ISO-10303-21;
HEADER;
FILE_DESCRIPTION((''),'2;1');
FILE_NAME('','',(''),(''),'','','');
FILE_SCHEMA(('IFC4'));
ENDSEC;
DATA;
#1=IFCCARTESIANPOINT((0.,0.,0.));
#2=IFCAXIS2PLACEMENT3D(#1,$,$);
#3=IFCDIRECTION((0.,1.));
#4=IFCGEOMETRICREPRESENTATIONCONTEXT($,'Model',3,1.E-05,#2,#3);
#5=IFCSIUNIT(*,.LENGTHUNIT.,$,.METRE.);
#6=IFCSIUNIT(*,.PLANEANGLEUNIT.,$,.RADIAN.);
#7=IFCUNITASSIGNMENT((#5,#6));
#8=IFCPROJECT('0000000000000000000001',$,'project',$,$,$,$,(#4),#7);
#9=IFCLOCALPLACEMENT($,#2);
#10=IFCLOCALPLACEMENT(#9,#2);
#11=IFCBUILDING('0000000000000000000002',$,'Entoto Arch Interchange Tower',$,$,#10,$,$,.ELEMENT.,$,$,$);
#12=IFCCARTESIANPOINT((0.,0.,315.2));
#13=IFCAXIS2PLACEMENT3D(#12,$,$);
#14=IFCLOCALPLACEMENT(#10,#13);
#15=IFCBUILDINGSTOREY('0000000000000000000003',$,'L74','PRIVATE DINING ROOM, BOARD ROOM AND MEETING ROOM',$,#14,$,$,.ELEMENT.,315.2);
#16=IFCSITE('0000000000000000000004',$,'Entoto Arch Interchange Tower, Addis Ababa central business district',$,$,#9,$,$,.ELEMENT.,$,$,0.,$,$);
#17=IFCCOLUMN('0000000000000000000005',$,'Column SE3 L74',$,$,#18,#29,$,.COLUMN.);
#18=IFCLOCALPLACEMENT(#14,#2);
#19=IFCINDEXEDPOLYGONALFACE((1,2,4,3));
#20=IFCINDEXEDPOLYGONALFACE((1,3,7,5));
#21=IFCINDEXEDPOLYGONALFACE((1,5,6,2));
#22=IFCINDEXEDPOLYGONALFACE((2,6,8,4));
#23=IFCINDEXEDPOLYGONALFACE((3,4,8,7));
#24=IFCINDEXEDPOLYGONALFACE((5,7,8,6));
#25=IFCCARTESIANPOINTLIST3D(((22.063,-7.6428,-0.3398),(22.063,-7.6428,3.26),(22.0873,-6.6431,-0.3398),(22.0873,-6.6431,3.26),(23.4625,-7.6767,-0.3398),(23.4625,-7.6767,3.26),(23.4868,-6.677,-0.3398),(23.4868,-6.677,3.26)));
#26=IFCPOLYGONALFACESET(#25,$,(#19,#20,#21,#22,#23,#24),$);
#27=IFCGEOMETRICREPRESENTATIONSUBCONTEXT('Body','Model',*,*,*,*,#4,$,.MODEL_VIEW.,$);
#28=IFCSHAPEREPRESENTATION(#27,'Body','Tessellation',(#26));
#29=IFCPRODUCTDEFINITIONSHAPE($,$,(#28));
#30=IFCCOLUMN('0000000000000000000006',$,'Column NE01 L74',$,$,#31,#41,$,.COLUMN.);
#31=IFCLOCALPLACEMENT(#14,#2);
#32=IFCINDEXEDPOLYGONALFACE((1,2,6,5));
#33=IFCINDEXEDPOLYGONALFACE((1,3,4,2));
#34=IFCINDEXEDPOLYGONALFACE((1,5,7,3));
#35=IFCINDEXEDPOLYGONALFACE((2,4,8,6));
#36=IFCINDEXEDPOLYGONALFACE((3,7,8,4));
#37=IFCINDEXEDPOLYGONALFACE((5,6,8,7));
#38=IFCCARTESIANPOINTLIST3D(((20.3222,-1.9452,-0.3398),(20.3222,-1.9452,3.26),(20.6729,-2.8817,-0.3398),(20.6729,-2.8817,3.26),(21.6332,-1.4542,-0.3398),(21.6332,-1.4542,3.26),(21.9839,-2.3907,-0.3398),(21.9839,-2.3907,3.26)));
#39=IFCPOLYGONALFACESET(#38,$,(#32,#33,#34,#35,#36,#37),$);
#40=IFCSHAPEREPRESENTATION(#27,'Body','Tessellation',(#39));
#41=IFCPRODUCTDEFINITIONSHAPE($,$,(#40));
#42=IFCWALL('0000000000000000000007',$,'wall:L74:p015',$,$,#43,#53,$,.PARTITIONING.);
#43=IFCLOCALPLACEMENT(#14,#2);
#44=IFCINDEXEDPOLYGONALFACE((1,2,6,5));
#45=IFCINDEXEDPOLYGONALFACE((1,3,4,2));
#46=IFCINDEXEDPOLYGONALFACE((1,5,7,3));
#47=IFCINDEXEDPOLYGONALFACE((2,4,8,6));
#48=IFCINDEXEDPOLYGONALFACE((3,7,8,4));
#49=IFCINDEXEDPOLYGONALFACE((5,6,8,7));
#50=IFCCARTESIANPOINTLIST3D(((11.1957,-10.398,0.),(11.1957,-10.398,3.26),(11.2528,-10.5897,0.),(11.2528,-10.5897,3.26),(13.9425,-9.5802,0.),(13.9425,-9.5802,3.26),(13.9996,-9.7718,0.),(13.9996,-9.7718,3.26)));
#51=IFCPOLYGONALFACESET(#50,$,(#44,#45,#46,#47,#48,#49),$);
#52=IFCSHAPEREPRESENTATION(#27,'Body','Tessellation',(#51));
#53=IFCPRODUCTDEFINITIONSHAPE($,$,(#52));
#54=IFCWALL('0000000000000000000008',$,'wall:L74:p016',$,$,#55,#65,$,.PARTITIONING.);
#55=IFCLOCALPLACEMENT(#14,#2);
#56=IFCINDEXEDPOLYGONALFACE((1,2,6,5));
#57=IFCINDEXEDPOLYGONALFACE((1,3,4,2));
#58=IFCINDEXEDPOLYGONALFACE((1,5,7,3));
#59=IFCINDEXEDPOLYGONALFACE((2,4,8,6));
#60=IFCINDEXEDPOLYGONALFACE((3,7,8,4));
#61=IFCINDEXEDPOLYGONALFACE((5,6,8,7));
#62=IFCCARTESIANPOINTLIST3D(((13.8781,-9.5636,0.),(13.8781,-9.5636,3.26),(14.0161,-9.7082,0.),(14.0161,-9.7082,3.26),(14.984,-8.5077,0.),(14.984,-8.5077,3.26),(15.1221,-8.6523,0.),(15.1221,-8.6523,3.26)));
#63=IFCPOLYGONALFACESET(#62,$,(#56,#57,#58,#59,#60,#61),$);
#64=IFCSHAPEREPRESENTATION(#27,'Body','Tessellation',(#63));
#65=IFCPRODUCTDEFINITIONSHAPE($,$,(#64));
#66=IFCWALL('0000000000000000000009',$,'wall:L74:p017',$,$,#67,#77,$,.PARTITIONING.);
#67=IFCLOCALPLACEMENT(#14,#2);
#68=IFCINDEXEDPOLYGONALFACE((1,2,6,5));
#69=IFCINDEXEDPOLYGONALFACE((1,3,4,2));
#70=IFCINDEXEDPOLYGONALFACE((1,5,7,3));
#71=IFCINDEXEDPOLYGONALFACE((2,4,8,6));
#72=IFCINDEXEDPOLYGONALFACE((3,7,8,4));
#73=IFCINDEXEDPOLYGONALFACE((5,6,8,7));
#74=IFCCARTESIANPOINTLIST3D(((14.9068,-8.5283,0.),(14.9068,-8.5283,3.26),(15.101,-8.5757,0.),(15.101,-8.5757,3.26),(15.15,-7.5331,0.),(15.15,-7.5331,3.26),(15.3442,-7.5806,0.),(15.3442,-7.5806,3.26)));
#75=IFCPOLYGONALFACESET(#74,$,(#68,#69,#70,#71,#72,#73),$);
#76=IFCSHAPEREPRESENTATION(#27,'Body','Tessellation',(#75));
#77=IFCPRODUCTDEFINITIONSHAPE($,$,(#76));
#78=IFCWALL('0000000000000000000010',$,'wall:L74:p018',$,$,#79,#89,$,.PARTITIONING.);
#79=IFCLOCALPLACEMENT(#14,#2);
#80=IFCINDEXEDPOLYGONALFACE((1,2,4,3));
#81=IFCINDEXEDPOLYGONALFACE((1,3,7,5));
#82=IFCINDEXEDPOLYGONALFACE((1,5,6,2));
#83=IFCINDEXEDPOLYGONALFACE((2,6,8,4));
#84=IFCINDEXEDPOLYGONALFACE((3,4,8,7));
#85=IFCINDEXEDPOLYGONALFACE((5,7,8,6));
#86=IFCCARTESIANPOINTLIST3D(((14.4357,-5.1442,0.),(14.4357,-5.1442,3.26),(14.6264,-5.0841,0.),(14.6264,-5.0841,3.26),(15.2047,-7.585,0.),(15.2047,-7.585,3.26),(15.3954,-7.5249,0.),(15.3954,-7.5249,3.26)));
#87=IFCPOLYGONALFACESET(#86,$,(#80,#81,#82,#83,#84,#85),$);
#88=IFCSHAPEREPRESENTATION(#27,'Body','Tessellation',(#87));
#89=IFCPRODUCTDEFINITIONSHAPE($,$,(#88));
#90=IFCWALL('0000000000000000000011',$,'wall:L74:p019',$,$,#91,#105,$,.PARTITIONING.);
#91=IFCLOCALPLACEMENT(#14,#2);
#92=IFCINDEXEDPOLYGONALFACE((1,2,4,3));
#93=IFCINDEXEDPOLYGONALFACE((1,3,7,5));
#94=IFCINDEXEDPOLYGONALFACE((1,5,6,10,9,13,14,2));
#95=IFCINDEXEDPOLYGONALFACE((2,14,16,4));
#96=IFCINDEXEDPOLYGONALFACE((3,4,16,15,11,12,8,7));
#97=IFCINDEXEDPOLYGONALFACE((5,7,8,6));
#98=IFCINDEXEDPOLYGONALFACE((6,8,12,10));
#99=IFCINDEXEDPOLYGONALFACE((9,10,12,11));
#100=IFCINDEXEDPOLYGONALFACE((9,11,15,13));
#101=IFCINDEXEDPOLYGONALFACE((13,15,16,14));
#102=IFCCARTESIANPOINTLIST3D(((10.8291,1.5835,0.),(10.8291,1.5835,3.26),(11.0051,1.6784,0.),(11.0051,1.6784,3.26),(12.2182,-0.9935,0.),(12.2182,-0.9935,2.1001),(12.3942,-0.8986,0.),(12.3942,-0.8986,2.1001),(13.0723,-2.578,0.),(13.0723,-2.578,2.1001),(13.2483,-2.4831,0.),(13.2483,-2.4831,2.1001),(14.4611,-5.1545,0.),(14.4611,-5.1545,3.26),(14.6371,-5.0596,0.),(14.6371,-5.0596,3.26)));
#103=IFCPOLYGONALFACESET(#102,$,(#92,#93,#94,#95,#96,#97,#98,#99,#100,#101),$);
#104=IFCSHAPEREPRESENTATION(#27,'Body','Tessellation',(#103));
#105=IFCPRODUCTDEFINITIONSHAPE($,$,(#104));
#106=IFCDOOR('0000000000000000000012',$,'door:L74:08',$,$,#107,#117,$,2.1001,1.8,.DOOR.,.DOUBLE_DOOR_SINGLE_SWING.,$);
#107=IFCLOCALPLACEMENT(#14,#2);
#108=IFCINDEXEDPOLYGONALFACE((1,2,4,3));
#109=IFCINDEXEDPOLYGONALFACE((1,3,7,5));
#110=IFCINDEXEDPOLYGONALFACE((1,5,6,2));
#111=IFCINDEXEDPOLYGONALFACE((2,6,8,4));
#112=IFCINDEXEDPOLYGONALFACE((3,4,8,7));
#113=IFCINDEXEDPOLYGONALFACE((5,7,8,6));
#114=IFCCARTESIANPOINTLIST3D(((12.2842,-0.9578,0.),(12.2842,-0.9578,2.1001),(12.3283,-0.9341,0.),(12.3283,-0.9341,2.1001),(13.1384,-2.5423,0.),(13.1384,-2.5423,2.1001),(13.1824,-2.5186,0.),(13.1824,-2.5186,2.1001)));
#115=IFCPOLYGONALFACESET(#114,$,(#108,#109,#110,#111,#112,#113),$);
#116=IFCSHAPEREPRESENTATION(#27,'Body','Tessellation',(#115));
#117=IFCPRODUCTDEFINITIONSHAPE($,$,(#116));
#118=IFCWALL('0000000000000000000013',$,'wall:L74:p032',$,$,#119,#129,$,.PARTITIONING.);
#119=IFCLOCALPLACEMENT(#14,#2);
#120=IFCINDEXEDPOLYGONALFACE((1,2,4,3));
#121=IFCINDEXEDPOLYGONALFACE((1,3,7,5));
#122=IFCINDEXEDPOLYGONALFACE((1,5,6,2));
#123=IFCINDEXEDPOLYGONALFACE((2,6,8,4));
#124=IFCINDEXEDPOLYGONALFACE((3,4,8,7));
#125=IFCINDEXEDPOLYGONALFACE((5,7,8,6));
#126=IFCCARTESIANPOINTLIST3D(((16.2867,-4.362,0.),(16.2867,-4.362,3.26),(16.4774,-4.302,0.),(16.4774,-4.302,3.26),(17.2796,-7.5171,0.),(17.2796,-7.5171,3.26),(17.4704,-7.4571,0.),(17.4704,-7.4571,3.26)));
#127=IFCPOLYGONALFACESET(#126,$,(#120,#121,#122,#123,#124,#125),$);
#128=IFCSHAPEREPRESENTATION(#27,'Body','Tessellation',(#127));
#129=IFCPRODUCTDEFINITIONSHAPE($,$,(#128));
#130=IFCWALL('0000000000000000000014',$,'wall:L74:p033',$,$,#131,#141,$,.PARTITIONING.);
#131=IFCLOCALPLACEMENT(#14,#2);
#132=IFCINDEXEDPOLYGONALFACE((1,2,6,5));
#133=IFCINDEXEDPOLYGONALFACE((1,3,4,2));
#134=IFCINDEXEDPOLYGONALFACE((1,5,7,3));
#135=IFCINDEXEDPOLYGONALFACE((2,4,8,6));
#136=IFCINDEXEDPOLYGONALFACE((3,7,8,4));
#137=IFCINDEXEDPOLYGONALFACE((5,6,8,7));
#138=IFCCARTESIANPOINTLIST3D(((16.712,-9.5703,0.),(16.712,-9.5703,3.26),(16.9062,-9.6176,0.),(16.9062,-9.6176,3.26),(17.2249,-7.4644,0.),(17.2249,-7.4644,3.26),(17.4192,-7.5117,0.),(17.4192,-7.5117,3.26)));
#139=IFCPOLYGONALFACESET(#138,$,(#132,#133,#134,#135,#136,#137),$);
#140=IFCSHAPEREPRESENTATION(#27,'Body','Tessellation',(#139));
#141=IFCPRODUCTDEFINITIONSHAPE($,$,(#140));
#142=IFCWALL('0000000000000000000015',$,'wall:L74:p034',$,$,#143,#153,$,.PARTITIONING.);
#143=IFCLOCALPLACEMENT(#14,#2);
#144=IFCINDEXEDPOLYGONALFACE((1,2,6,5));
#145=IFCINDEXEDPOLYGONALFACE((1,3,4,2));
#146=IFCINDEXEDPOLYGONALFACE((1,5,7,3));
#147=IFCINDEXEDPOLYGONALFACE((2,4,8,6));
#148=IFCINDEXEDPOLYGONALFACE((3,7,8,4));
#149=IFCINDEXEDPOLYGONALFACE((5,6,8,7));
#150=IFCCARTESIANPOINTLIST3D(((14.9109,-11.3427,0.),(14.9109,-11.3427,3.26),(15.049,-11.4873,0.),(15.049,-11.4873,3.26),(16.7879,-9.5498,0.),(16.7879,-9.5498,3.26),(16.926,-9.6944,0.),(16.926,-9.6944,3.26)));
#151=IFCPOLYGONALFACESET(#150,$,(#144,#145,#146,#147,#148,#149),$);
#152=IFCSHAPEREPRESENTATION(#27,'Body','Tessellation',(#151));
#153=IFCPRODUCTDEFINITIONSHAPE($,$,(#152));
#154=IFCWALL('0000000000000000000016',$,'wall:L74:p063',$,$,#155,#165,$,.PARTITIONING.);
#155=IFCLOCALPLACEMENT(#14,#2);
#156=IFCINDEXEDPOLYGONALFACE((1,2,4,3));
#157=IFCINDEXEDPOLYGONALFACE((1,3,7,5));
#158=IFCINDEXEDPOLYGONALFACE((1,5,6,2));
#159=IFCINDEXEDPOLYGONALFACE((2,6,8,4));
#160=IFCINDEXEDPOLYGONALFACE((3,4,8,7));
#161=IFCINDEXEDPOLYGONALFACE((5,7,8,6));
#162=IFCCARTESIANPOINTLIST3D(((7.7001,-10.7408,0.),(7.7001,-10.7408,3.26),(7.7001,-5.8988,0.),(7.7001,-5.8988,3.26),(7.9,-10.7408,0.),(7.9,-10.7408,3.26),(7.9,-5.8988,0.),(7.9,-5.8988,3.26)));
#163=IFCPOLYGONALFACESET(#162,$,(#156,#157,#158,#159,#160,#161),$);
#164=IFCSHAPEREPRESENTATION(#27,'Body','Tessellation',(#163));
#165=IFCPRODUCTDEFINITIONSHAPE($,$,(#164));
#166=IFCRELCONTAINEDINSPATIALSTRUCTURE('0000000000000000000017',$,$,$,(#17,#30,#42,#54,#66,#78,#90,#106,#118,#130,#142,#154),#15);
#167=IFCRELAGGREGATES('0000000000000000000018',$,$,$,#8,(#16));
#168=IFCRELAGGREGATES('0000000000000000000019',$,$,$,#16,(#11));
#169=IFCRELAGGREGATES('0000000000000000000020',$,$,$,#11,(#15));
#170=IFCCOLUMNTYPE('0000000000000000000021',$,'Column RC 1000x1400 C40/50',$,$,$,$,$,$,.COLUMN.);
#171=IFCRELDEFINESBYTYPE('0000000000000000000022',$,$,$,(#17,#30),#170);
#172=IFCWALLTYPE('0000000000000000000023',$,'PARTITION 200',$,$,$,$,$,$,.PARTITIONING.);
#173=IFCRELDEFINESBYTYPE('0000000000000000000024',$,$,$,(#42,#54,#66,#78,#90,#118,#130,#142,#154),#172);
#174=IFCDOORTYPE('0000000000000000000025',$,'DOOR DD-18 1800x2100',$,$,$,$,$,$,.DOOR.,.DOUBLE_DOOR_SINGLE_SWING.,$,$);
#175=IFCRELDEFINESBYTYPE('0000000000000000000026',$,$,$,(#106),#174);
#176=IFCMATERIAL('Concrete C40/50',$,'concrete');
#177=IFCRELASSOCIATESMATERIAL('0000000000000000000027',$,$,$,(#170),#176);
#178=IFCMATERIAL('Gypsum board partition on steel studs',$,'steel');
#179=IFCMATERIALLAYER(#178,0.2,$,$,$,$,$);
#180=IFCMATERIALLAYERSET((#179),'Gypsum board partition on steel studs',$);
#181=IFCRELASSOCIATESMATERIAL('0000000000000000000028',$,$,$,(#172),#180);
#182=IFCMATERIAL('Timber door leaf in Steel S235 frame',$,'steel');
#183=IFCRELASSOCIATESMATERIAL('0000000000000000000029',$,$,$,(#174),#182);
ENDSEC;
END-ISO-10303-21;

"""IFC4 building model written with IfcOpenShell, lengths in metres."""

from ifc_helpers import new_model, si_unit, direction, frame, frame_2d, origin, origin_2d, place, context, subcontext, project, spatial, rectangle, extrude, material, layer, layer_set, material_profile, profile_set, type_object, element, fill, save


model = new_model("IFC4")

# Units and contexts
model_context = context("Model", 3, precision=1e-05, world=origin(), true_north=direction((0.0, 1.0)))
body_context = subcontext(model_context, "Body", "Model", "MODEL_VIEW")
ifc_project = project(units=[si_unit("LENGTHUNIT", "METRE"), si_unit("PLANEANGLEUNIT", "RADIAN")], contexts=[model_context])

# Site, building, storey
site_placement = place(None, origin())
site = spatial("IfcSite", under=ifc_project, at=site_placement, Name="Entoto Arch Interchange Tower, Addis Ababa central business district", CompositionType="ELEMENT", RefElevation=0.0)
building_placement = place(site_placement, origin())
building = spatial("IfcBuilding", under=site, at=building_placement, Name="Entoto Arch Interchange Tower", CompositionType="ELEMENT")
storey_placement = place(building_placement, frame((0.0, 0.0, 315.2)))
storey = spatial("IfcBuildingStorey", under=building, at=storey_placement, Name="L74", Description="PRIVATE DINING ROOM, BOARD ROOM AND MEETING ROOM", CompositionType="ELEMENT", Elevation=315.2)

# Columns
ifc_material_1 = material(Name="Concrete C40/50", Category="concrete")
ifc_material_profile = material_profile(ifc_material_1, rectangle(XDim=1.0, YDim=1.3999, at=origin_2d()))
ifc_profile_set = profile_set([ifc_material_profile], Name="Concrete C40/50")
column_type = type_object("IfcColumnType", Name="Column RC 1000x1400 C40/50", PredefinedType="COLUMN", material=ifc_profile_set)
for number, where, z_axis, x_axis, name in (
    (1, (22.7749, -7.1599, -0.3398), (0.0, 0.0, 1.0), (0.024258, 0.999706, 0.0), "Column SE3 L74"),
    (2, (21.1531, -2.168, -0.3398), (0.0, 0.0, 1.0), (-0.350714, 0.936483, 0.0), "Column NE01 L74"),
):
    element("IfcColumn", number, at=place(storey_placement, frame(where, z_axis=z_axis, x_axis=x_axis)), inside=storey, type_object=column_type, Name=name, PredefinedType="COLUMN", context=body_context, shape_type="SweptSolid", body=[
        extrude(rectangle(XDim=1.0, YDim=1.3999, at=origin_2d()), origin(), (0.0, 0.0, 1.0), 3.5999),
    ])

# Walls
ifc_material_2 = material(Name="Gypsum board partition on steel studs", Category="steel")
ifc_layer_1 = layer(ifc_material_2, 0.2)
ifc_layer_set_1 = layer_set([ifc_layer_1], Name="Gypsum board partition on steel studs")
wall_type_1 = type_object("IfcWallType", Name="PARTITION 200", PredefinedType="PARTITIONING", material=ifc_layer_set_1)
wall_1_placement = place(storey_placement, frame((11.2241, -10.4939, 0.0), z_axis=(0.0, 0.0, 1.0), x_axis=(0.958417, 0.28537, 0.0)))
element("IfcWall", 3, at=wall_1_placement, inside=storey, type_object=wall_type_1, Name="wall:L74:p015", PredefinedType="PARTITIONING", context=body_context, shape_type="SweptSolid", body=[
    extrude(rectangle(XDim=2.866, YDim=0.2, at=frame_2d((1.4331, 0.0))), origin(), (0.0, 0.0, 1.0), 3.26),
])
wall_2_placement = place(storey_placement, frame((13.947, -9.636, 0.0), z_axis=(0.0, 0.0, 1.0), x_axis=(0.723283, 0.690552, 0.0)))
element("IfcWall", 4, at=wall_2_placement, inside=storey, type_object=wall_type_1, Name="wall:L74:p016", PredefinedType="PARTITIONING", context=body_context, shape_type="SweptSolid", body=[
    extrude(rectangle(XDim=1.5291, YDim=0.2, at=frame_2d((0.7646, 0.0))), origin(), (0.0, 0.0, 1.0), 3.26),
])
wall_3_placement = place(storey_placement, frame((15.0039, -8.552, 0.0), z_axis=(0.0, 0.0, 1.0), x_axis=(0.237373, 0.971419, 0.0)))
element("IfcWall", 5, at=wall_3_placement, inside=storey, type_object=wall_type_1, Name="wall:L74:p017", PredefinedType="PARTITIONING", context=body_context, shape_type="SweptSolid", body=[
    extrude(rectangle(XDim=1.0244, YDim=0.2, at=frame_2d((0.5122, 0.0))), origin(), (0.0, 0.0, 1.0), 3.26),
])
wall_4_placement = place(storey_placement, frame((15.3, -7.5549, 0.0), z_axis=(0.0, 0.0, 1.0), x_axis=(-0.300501, 0.953781, 0.0)))
element("IfcWall", 6, at=wall_4_placement, inside=storey, type_object=wall_type_1, Name="wall:L74:p018", PredefinedType="PARTITIONING", context=body_context, shape_type="SweptSolid", body=[
    extrude(rectangle(XDim=2.5591, YDim=0.2, at=frame_2d((1.2795, 0.0))), origin(), (0.0, 0.0, 1.0), 3.26),
])

# Wall, opening, door
wall_5_placement = place(storey_placement, frame((14.5491, -5.1069, 0.0), z_axis=(0.0, 0.0, 1.0), x_axis=(-0.474495, 0.880258, 0.0)))
wall_5 = element("IfcWall", 7, at=wall_5_placement, inside=storey, type_object=wall_type_1, Name="wall:L74:p019", PredefinedType="PARTITIONING", context=body_context, shape_type="SweptSolid", body=[
    extrude(rectangle(XDim=7.6545, YDim=0.2, at=frame_2d((3.8271, 0.0))), origin(), (0.0, 0.0, 1.0), 3.26),
])
opening_1_placement = place(wall_5_placement, frame((2.927, 0.0, 0.0)))
opening_1 = element("IfcOpeningElement", 8, at=opening_1_placement, cuts=wall_5, PredefinedType="OPENING", context=body_context, shape_type="SweptSolid", body=[
    extrude(rectangle(XDim=1.8, YDim=2.1001, at=frame_2d((0.8999, 1.05))), frame((0.0, 0.1099, 0.0), z_axis=(0.0, -1.0, 0.0), x_axis=(1.0, 0.0, 0.0)), (0.0, 0.0, 1.0), 0.22),
])
ifc_material_3 = material(Name="Timber door leaf in Steel S235 frame", Category="steel")
door_type = type_object("IfcDoorType", Name="DOOR DD-18 1800x2100", OperationType="DOUBLE_DOOR_SINGLE_SWING", PredefinedType="DOOR", material=ifc_material_3)
door_placement = place(opening_1_placement, origin())
door = element("IfcDoor", 9, at=door_placement, inside=storey, type_object=door_type, Name="door:L74:08", OperationType="DOUBLE_DOOR_SINGLE_SWING", OverallHeight=2.1001, OverallWidth=1.8, PredefinedType="DOOR", context=body_context, shape_type="SweptSolid", body=[
    extrude(rectangle(XDim=1.8, YDim=2.1001, at=frame_2d((0.8999, 1.05))), frame((0.0, 0.0249, 0.0), z_axis=(0.0, -1.0, 0.0), x_axis=(1.0, 0.0, 0.0)), (0.0, 0.0, 1.0), 0.05),
])
fill(opening_1, door)

# Walls
wall_6_placement = place(storey_placement, frame((16.3821, -4.332, 0.0), z_axis=(0.0, 0.0, 1.0), x_axis=(0.300195, -0.953878, 0.0)))
element("IfcWall", 10, at=wall_6_placement, inside=storey, type_object=wall_type_1, Name="wall:L74:p032", PredefinedType="PARTITIONING", context=body_context, shape_type="SweptSolid", body=[
    extrude(rectangle(XDim=3.3076, YDim=0.2, at=frame_2d((1.6538, 0.0))), origin(), (0.0, 0.0, 1.0), 3.26),
])
wall_7_placement = place(storey_placement, frame((17.322, -7.488, 0.0), z_axis=(0.0, 0.0, 1.0), x_axis=(-0.236648, -0.971596, 0.0)))
element("IfcWall", 11, at=wall_7_placement, inside=storey, type_object=wall_type_1, Name="wall:L74:p033", PredefinedType="PARTITIONING", context=body_context, shape_type="SweptSolid", body=[
    extrude(rectangle(XDim=2.1675, YDim=0.2, at=frame_2d((1.0837, 0.0))), origin(), (0.0, 0.0, 1.0), 3.26),
])
wall_8_placement = place(storey_placement, frame((16.8569, -9.6221, 0.0), z_axis=(0.0, 0.0, 1.0), x_axis=(-0.723099, -0.690744, 0.0)))
element("IfcWall", 12, at=wall_8_placement, inside=storey, type_object=wall_type_1, Name="wall:L74:p034", PredefinedType="PARTITIONING", context=body_context, shape_type="SweptSolid", body=[
    extrude(rectangle(XDim=2.5957, YDim=0.2, at=frame_2d((1.2979, 0.0))), origin(), (0.0, 0.0, 1.0), 3.26),
])
wall_9_placement = place(storey_placement, frame((7.8, -5.8989, 0.0), z_axis=(0.0, 0.0, 1.0), x_axis=(0.0, -1.0, 0.0)))
element("IfcWall", 13, at=wall_9_placement, inside=storey, type_object=wall_type_1, Name="wall:L74:p063", PredefinedType="PARTITIONING", context=body_context, shape_type="SweptSolid", body=[
    extrude(rectangle(XDim=4.842, YDim=0.2, at=frame_2d((2.4209, 0.0))), origin(), (0.0, 0.0, 1.0), 3.26),
])

save(model, "model.ifc")
